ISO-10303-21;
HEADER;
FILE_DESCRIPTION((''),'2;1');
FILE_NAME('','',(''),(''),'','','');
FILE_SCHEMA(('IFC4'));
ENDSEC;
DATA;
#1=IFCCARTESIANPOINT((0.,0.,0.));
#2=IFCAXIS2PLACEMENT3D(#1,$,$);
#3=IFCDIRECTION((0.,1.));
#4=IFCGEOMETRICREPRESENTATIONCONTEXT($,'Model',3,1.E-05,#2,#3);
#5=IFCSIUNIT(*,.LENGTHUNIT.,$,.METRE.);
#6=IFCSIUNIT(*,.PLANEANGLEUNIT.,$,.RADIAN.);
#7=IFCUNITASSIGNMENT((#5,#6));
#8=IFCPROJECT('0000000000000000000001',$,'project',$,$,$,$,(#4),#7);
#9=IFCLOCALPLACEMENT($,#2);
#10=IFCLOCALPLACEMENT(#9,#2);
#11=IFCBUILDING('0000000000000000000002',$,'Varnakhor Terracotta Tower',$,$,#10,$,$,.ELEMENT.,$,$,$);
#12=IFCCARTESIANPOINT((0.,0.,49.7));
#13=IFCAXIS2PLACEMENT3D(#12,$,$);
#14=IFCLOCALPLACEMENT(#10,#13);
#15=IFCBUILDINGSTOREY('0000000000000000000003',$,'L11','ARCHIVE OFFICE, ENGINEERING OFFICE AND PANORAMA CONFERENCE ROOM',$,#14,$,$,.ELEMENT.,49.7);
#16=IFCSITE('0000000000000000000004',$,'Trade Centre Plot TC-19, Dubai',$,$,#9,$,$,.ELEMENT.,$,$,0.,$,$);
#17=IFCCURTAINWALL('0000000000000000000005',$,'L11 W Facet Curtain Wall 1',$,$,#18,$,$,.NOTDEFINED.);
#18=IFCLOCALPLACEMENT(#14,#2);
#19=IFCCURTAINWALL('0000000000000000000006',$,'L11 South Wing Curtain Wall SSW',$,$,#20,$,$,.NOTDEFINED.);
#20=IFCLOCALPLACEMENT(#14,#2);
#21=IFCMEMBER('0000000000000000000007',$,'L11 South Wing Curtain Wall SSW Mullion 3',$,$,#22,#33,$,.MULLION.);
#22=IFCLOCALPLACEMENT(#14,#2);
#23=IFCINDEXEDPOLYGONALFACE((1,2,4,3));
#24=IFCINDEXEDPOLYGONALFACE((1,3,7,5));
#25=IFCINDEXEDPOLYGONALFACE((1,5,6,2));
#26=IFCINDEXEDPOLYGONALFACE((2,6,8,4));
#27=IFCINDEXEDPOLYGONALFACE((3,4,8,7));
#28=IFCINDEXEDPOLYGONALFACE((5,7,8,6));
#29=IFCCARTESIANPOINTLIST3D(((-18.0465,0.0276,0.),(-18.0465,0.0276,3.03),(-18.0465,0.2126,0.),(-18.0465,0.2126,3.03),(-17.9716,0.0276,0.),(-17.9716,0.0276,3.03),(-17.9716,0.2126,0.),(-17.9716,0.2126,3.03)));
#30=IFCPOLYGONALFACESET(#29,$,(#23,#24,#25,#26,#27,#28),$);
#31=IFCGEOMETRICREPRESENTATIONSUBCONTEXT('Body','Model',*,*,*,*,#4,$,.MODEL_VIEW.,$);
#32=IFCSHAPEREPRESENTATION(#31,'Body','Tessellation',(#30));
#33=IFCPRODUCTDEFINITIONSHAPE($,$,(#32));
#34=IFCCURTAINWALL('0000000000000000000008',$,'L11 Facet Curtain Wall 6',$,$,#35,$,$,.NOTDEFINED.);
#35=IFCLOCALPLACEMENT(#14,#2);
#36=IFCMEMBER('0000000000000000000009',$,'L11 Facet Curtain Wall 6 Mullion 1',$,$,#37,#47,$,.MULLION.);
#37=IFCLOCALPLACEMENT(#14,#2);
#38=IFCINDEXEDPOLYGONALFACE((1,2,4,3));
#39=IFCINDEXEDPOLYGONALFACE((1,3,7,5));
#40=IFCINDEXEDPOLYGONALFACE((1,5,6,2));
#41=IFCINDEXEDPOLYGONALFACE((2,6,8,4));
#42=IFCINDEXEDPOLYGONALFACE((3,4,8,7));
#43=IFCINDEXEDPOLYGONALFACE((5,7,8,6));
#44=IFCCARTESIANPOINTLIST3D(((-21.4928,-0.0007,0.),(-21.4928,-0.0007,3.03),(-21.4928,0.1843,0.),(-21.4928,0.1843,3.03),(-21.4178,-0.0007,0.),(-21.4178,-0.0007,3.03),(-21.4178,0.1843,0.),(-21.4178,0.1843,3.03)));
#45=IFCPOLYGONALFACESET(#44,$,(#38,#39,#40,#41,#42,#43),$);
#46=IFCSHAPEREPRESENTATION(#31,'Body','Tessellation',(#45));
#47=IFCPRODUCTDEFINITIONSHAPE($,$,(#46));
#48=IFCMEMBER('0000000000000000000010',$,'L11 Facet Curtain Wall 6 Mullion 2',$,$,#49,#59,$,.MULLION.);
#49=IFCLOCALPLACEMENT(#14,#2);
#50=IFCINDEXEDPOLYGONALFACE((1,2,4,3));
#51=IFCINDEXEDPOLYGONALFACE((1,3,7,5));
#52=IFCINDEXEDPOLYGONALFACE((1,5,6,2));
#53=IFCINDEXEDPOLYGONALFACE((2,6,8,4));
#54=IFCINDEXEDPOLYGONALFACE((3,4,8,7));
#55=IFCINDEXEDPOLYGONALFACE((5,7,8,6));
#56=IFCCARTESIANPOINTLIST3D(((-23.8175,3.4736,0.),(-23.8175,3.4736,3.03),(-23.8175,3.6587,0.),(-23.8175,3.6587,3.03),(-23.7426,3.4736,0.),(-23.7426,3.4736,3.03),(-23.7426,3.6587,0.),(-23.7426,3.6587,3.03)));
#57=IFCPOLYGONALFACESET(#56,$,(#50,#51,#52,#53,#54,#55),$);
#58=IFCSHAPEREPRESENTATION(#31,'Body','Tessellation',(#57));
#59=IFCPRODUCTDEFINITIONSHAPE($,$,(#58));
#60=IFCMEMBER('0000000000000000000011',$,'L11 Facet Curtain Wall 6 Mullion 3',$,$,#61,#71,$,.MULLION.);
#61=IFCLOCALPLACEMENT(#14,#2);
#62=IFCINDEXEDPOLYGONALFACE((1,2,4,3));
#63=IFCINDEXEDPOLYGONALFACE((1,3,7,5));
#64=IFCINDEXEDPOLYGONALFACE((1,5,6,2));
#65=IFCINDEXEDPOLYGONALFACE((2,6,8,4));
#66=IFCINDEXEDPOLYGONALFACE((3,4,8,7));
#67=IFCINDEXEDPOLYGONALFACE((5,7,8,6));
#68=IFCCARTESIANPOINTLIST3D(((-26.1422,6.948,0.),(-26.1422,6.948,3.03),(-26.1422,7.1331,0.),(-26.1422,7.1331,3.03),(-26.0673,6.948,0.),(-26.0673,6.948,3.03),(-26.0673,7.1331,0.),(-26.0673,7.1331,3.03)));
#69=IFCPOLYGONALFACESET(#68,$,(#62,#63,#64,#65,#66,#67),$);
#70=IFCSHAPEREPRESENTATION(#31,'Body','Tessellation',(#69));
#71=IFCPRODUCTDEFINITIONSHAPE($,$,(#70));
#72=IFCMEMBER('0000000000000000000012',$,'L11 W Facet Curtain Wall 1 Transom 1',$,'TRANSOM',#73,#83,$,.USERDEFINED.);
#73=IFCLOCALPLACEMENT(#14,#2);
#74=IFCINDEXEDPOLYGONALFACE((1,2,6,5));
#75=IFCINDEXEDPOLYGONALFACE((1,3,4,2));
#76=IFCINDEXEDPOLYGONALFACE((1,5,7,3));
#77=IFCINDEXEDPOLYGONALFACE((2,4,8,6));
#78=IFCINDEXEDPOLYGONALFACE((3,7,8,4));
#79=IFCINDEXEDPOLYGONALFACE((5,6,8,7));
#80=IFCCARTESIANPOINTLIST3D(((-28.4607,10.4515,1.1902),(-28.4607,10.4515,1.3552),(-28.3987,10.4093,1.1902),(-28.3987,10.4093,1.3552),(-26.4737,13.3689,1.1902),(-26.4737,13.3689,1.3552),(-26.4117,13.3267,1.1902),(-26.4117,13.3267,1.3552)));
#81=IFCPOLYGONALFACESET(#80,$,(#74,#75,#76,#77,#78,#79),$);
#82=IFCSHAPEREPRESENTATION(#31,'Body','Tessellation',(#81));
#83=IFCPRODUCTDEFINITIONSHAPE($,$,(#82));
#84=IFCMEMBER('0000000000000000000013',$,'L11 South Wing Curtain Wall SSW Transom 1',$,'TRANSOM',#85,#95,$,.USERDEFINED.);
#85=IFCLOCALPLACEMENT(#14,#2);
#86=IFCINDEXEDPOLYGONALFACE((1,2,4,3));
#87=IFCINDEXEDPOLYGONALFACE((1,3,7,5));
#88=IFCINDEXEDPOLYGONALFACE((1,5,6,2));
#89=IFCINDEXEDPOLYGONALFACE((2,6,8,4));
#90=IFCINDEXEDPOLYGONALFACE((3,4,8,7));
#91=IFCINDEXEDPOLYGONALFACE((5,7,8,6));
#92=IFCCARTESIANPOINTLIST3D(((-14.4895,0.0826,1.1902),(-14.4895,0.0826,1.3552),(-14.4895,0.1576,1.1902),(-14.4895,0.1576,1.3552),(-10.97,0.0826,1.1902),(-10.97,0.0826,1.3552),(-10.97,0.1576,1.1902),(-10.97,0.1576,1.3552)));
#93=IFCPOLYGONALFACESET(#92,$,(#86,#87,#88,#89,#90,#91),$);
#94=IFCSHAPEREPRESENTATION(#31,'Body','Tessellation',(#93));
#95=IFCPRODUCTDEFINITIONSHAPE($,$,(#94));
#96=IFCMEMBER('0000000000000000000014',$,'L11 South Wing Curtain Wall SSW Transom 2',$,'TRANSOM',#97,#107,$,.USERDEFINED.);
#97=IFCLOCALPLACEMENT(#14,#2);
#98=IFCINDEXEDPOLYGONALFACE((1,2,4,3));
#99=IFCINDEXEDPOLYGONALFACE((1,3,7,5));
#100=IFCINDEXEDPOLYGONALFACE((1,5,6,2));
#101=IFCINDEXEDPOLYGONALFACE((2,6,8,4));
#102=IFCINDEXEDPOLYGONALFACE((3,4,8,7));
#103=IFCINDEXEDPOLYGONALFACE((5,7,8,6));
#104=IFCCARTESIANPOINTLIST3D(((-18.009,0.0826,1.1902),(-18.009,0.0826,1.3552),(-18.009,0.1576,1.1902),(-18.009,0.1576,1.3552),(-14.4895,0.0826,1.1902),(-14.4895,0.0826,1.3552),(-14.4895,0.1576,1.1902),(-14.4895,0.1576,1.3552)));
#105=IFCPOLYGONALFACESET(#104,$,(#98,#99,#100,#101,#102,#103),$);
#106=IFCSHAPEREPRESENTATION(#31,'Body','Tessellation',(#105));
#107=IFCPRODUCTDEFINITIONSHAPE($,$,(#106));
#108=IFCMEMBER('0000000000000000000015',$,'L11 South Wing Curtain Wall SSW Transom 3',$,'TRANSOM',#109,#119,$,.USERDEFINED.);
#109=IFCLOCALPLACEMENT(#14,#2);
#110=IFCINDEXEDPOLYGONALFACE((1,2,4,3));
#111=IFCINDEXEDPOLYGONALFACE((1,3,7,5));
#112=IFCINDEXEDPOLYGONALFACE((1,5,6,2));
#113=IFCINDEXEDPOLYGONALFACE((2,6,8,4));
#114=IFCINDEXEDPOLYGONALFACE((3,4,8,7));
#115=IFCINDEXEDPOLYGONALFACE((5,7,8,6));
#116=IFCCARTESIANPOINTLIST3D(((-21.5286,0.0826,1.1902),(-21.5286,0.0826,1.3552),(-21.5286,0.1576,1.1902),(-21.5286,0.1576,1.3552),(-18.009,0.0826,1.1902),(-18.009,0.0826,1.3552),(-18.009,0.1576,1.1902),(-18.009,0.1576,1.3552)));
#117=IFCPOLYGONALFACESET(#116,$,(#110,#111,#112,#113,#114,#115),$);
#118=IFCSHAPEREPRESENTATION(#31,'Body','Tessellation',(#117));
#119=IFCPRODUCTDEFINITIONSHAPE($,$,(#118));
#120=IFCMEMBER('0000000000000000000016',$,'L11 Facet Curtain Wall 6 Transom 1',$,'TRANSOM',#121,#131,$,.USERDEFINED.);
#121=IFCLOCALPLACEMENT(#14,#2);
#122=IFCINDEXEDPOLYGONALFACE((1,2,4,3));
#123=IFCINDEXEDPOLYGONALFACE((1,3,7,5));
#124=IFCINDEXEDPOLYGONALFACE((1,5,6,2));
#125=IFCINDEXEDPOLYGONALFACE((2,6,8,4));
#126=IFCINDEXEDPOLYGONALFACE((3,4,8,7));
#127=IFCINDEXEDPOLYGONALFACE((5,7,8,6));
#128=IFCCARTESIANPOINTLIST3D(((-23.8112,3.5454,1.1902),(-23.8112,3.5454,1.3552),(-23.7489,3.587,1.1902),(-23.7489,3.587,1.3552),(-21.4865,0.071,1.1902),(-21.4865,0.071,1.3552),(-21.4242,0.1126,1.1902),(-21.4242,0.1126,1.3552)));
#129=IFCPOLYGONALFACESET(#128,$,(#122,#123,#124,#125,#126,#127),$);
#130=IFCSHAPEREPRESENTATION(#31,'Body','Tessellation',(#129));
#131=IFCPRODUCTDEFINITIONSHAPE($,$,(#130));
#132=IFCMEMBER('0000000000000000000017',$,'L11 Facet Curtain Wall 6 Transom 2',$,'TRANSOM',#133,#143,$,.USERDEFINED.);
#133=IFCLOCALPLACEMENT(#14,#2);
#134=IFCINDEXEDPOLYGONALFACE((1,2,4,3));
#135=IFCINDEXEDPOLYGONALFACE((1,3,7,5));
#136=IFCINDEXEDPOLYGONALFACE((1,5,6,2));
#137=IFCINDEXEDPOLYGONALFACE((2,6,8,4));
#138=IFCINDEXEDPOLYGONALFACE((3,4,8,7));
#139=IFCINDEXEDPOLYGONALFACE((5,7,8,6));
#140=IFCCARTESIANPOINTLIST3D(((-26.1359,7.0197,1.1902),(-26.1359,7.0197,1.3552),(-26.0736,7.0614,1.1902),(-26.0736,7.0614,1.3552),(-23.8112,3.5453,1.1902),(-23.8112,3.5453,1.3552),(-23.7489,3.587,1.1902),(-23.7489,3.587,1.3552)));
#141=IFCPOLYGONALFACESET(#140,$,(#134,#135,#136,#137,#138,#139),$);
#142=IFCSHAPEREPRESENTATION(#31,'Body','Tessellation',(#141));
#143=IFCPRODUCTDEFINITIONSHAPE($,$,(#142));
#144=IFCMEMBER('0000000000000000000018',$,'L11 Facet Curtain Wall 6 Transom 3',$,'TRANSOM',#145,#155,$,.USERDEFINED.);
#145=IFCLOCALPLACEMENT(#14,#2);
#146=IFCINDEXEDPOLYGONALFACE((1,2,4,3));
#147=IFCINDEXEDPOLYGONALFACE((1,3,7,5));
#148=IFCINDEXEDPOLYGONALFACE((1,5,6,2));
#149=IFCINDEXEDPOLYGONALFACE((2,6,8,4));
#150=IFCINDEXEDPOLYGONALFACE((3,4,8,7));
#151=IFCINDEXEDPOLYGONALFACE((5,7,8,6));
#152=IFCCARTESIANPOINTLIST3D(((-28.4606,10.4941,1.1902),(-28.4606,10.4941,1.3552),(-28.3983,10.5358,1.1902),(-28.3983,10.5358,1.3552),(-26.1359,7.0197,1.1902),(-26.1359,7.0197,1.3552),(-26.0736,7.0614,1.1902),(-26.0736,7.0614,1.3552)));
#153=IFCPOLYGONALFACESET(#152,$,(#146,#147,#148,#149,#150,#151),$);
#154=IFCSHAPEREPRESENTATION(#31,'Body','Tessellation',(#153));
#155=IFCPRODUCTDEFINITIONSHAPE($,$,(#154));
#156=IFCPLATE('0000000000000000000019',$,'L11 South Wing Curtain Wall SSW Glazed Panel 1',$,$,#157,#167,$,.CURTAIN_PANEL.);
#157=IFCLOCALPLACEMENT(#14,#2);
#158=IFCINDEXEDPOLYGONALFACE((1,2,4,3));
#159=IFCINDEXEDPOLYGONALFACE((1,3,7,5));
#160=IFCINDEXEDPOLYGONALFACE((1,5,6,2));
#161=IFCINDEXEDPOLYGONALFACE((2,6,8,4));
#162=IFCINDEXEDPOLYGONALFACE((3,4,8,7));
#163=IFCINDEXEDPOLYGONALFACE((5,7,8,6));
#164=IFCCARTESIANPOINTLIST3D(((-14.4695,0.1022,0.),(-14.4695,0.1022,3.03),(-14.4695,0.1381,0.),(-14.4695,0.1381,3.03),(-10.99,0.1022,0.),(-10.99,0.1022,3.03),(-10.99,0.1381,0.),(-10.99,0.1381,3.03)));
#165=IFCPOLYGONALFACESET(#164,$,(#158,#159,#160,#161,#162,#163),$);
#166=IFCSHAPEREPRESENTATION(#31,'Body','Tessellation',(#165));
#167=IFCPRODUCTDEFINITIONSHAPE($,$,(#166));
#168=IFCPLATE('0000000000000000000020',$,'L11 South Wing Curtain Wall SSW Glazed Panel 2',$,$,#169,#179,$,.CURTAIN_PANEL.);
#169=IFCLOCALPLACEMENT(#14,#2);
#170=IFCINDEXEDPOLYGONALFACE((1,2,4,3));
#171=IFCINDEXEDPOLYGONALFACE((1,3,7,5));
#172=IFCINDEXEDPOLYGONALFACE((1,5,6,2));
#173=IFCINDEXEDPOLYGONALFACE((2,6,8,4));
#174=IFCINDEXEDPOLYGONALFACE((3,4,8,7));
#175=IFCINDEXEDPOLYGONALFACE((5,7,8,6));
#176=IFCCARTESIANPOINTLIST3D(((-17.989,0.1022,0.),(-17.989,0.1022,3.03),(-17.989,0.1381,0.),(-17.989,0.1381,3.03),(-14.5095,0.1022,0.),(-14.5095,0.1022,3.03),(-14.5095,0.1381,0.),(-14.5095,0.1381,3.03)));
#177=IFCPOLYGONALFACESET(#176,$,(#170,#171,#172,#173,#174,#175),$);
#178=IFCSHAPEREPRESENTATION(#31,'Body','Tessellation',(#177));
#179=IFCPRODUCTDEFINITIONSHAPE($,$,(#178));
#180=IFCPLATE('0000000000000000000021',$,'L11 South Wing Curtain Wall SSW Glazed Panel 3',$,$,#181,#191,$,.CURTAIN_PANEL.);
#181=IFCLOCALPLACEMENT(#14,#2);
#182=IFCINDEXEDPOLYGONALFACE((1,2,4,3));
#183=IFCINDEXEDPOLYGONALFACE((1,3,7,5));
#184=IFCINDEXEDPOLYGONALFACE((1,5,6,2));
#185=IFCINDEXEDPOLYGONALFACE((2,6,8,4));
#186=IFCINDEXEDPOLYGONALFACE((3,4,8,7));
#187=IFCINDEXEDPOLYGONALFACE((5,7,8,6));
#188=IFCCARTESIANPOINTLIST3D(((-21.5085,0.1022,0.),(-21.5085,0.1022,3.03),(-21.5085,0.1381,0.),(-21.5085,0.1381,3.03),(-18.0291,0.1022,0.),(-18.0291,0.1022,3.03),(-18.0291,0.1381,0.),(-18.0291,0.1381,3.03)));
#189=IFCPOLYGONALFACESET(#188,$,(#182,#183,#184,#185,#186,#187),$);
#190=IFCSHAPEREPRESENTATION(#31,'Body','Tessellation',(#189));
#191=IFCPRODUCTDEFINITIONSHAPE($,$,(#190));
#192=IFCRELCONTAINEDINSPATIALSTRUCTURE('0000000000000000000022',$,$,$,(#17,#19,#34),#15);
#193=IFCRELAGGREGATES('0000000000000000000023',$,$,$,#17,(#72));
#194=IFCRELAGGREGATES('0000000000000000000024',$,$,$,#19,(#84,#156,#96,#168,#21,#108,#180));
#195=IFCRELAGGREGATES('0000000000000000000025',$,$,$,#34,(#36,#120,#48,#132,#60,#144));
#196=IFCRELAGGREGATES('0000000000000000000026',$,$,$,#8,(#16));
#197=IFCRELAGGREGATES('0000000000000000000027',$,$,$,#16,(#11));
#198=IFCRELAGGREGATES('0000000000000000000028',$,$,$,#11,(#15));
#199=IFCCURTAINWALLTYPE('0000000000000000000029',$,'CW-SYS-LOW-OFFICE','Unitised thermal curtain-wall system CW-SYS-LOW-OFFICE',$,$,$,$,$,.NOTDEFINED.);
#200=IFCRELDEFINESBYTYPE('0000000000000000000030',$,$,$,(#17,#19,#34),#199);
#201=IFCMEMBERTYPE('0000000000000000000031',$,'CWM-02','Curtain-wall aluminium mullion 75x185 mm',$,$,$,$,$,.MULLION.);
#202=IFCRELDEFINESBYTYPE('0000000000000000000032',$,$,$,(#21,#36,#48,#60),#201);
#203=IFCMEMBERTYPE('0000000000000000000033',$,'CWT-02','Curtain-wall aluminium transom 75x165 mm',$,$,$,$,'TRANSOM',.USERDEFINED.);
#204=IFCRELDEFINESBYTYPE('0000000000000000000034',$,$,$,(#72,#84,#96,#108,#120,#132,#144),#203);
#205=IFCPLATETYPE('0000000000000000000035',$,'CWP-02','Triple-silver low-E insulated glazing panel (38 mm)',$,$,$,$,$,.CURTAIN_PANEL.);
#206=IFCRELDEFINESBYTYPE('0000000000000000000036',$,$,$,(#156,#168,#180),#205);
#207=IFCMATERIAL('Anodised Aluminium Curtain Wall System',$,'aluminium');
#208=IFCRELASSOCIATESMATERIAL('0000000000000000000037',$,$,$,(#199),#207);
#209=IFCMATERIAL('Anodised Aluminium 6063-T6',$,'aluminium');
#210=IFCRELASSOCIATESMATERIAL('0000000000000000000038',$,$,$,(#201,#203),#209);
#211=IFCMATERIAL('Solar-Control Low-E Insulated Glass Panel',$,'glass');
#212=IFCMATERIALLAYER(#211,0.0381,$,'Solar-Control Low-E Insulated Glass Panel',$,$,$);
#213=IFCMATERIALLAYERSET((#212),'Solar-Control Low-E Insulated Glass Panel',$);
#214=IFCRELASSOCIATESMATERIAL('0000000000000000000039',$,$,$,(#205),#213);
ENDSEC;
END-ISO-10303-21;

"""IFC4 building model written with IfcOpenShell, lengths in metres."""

from ifc_helpers import new_model, si_unit, direction, frame, origin, origin_2d, place, context, subcontext, project, spatial, rectangle, extrude, source, transform, mapped, material, layer, layer_set, material_profile, profile_set, type_object, type_shapes, element, aggregate, save


model = new_model("IFC4")

# Units and contexts
model_context = context("Model", 3, precision=1e-05, world=origin(), true_north=direction((0.0, 1.0)))
body_context = subcontext(model_context, "Body", "Model", "MODEL_VIEW")
ifc_project = project(units=[si_unit("LENGTHUNIT", "METRE"), si_unit("PLANEANGLEUNIT", "RADIAN")], contexts=[model_context])

# Site, building, storey
site_placement = place(None, origin())
site = spatial("IfcSite", under=ifc_project, at=site_placement, Name="Trade Centre Plot TC-19, Dubai", CompositionType="ELEMENT", RefElevation=0.0)
building_placement = place(site_placement, origin())
building = spatial("IfcBuilding", under=site, at=building_placement, Name="Varnakhor Terracotta Tower", CompositionType="ELEMENT")
storey_placement = place(building_placement, frame((0.0, 0.0, 49.7)))
storey = spatial("IfcBuildingStorey", under=building, at=storey_placement, Name="L11", Description="ARCHIVE OFFICE, ENGINEERING OFFICE AND PANORAMA CONFERENCE ROOM", CompositionType="ELEMENT", Elevation=49.7)

# Curtain wall
ifc_material_1 = material(Name="Anodised Aluminium Curtain Wall System", Category="aluminium")
curtain_wall_type = type_object("IfcCurtainWallType", Name="CW-SYS-LOW-OFFICE", Description="Unitised thermal curtain-wall system CW-SYS-LOW-OFFICE", PredefinedType="NOTDEFINED", material=ifc_material_1)
curtain_wall_1_placement = place(storey_placement, origin())
curtain_wall_1 = element("IfcCurtainWall", 1, at=curtain_wall_1_placement, inside=storey, type_object=curtain_wall_type, Name="L11 W Facet Curtain Wall 1", PredefinedType="NOTDEFINED")
ifc_material_2 = material(Name="Anodised Aluminium 6063-T6", Category="aluminium")
ifc_material_profile_1 = material_profile(ifc_material_2, rectangle(XDim=0.075, YDim=0.1851, at=origin_2d()), Name="ALU MULLION 75x185")
ifc_profile_set_1 = profile_set([ifc_material_profile_1], Name="Anodised Aluminium 6063-T6")
member_type_1 = type_object("IfcMemberType", Name="CWM-02", Description="Curtain-wall aluminium mullion 75x185 mm", PredefinedType="MULLION", material=ifc_profile_set_1)
shared_shape_1 = source(origin(), body_context, "Body", "SweptSolid", [
    extrude(rectangle(XDim=0.075, YDim=0.1851, at=origin_2d()), origin(), (0.0, 0.0, 1.0), 3.03),
])
type_shapes(member_type_1, [shared_shape_1])

# Curtain walls, members
curtain_wall_2_placement = place(storey_placement, origin())
curtain_wall_2 = element("IfcCurtainWall", 2, at=curtain_wall_2_placement, inside=storey, type_object=curtain_wall_type, Name="L11 South Wing Curtain Wall SSW", PredefinedType="NOTDEFINED")
member_1_placement = place(storey_placement, frame((-18.009, 0.1201, 0.0), z_axis=(0.0, 0.0, 1.0), x_axis=(1.0, 0.0, 0.0)))
member_1 = element("IfcMember", 3, at=member_1_placement, type_object=member_type_1, Name="L11 South Wing Curtain Wall SSW Mullion 3", PredefinedType="MULLION", context=body_context, shape_type="MappedRepresentation", body=[
    mapped(shared_shape_1, transform((0.0, 0.0, 0.0), scale=1.0)),
])
curtain_wall_3_placement = place(storey_placement, origin())
curtain_wall_3 = element("IfcCurtainWall", 4, at=curtain_wall_3_placement, inside=storey, type_object=curtain_wall_type, Name="L11 Facet Curtain Wall 6", PredefinedType="NOTDEFINED")
member_2_placement = place(storey_placement, frame((-21.4553, 0.0918, 0.0), z_axis=(0.0, 0.0, 1.0), x_axis=(1.0, 0.0, 0.0)))
member_2 = element("IfcMember", 5, at=member_2_placement, type_object=member_type_1, Name="L11 Facet Curtain Wall 6 Mullion 1", PredefinedType="MULLION", context=body_context, shape_type="MappedRepresentation", body=[
    mapped(shared_shape_1, transform((0.0, 0.0, 0.0), scale=1.0)),
])
member_3_placement = place(storey_placement, frame((-23.78, 3.5662, 0.0), z_axis=(0.0, 0.0, 1.0), x_axis=(1.0, 0.0, 0.0)))
member_3 = element("IfcMember", 6, at=member_3_placement, type_object=member_type_1, Name="L11 Facet Curtain Wall 6 Mullion 2", PredefinedType="MULLION", context=body_context, shape_type="MappedRepresentation", body=[
    mapped(shared_shape_1, transform((0.0, 0.0, 0.0), scale=1.0)),
])
member_4_placement = place(storey_placement, frame((-26.1047, 7.0405, 0.0), z_axis=(0.0, 0.0, 1.0), x_axis=(1.0, 0.0, 0.0)))
member_4 = element("IfcMember", 7, at=member_4_placement, type_object=member_type_1, Name="L11 Facet Curtain Wall 6 Mullion 3", PredefinedType="MULLION", context=body_context, shape_type="MappedRepresentation", body=[
    mapped(shared_shape_1, transform((0.0, 0.0, 0.0), scale=1.0)),
])

# Members
ifc_material_profile_2 = material_profile(ifc_material_2, rectangle(XDim=0.075, YDim=0.165, at=origin_2d()), Name="ALU TRANSOM 75x165")
ifc_profile_set_2 = profile_set([ifc_material_profile_2], Name="Anodised Aluminium 6063-T6")
member_type_2 = type_object("IfcMemberType", Name="CWT-02", Description="Curtain-wall aluminium transom 75x165 mm", ElementType="TRANSOM", PredefinedType="USERDEFINED", material=ifc_profile_set_2)
shared_shape_2 = source(origin(), body_context, "Body", "SweptSolid", [
    extrude(rectangle(XDim=0.075, YDim=0.165, at=origin_2d()), origin(), (0.0, 0.0, 1.0), 3.5298),
])
member_5_placement = place(storey_placement, frame((-28.4297, 10.4304, 1.2727), z_axis=(0.562925, 0.826508, 0.0), x_axis=(-0.826508, 0.562925, 0.0)))
member_5 = element("IfcMember", 8, at=member_5_placement, type_object=member_type_2, Name="L11 W Facet Curtain Wall 1 Transom 1", ObjectType="TRANSOM", PredefinedType="USERDEFINED", context=body_context, shape_type="MappedRepresentation", body=[
    mapped(shared_shape_2, transform((0.0, 0.0, 0.0), scale=1.0)),
])
aggregate(curtain_wall_1, [member_5])
shared_shape_3 = source(origin(), body_context, "Body", "SweptSolid", [
    extrude(rectangle(XDim=0.075, YDim=0.165, at=origin_2d()), origin(), (0.0, 0.0, 1.0), 3.5195),
])
member_6_placement = place(storey_placement, frame((-10.97, 0.1201, 1.2727), z_axis=(-1.0, 0.0, 0.0), x_axis=(0.0, -1.0, 0.0)))
member_6 = element("IfcMember", 9, at=member_6_placement, type_object=member_type_2, Name="L11 South Wing Curtain Wall SSW Transom 1", ObjectType="TRANSOM", PredefinedType="USERDEFINED", context=body_context, shape_type="MappedRepresentation", body=[
    mapped(shared_shape_3, transform((0.0, 0.0, 0.0), scale=1.0)),
])
member_7_placement = place(storey_placement, frame((-14.4895, 0.1201, 1.2727), z_axis=(-1.0, 0.0, 0.0), x_axis=(0.0, -1.0, 0.0)))
member_7 = element("IfcMember", 10, at=member_7_placement, type_object=member_type_2, Name="L11 South Wing Curtain Wall SSW Transom 2", ObjectType="TRANSOM", PredefinedType="USERDEFINED", context=body_context, shape_type="MappedRepresentation", body=[
    mapped(shared_shape_3, transform((0.0, 0.0, 0.0), scale=1.0)),
])
member_8_placement = place(storey_placement, frame((-18.009, 0.1201, 1.2727), z_axis=(-1.0, 0.0, 0.0), x_axis=(0.0, -1.0, 0.0)))
member_8 = element("IfcMember", 11, at=member_8_placement, type_object=member_type_2, Name="L11 South Wing Curtain Wall SSW Transom 3", ObjectType="TRANSOM", PredefinedType="USERDEFINED", context=body_context, shape_type="MappedRepresentation", body=[
    mapped(shared_shape_3, transform((0.0, 0.0, 0.0), scale=1.0)),
])
shared_shape_4 = source(origin(), body_context, "Body", "SweptSolid", [
    extrude(rectangle(XDim=0.075, YDim=0.165, at=origin_2d()), origin(), (0.0, 0.0, 1.0), 4.1804),
])
member_9_placement = place(storey_placement, frame((-21.4553, 0.0918, 1.2727), z_axis=(-0.556101, 0.831115, 0.0), x_axis=(-0.831115, -0.556101, 0.0)))
member_9 = element("IfcMember", 12, at=member_9_placement, type_object=member_type_2, Name="L11 Facet Curtain Wall 6 Transom 1", ObjectType="TRANSOM", PredefinedType="USERDEFINED", context=body_context, shape_type="MappedRepresentation", body=[
    mapped(shared_shape_4, transform((0.0, 0.0, 0.0), scale=1.0)),
])
member_10_placement = place(storey_placement, frame((-23.78, 3.5662, 1.2727), z_axis=(-0.556101, 0.831115, 0.0), x_axis=(-0.831115, -0.556101, 0.0)))
member_10 = element("IfcMember", 13, at=member_10_placement, type_object=member_type_2, Name="L11 Facet Curtain Wall 6 Transom 2", ObjectType="TRANSOM", PredefinedType="USERDEFINED", context=body_context, shape_type="MappedRepresentation", body=[
    mapped(shared_shape_4, transform((0.0, 0.0, 0.0), scale=1.0)),
])
member_11_placement = place(storey_placement, frame((-26.1047, 7.0405, 1.2727), z_axis=(-0.556101, 0.831115, 0.0), x_axis=(-0.831115, -0.556101, 0.0)))
member_11 = element("IfcMember", 14, at=member_11_placement, type_object=member_type_2, Name="L11 Facet Curtain Wall 6 Transom 3", ObjectType="TRANSOM", PredefinedType="USERDEFINED", context=body_context, shape_type="MappedRepresentation", body=[
    mapped(shared_shape_4, transform((0.0, 0.0, 0.0), scale=1.0)),
])

# Plates
ifc_material_3 = material(Name="Solar-Control Low-E Insulated Glass Panel", Category="glass")
ifc_layer_1 = layer(ifc_material_3, 0.0381, Name="Solar-Control Low-E Insulated Glass Panel")
ifc_layer_set_1 = layer_set([ifc_layer_1], Name="Solar-Control Low-E Insulated Glass Panel")
plate_type = type_object("IfcPlateType", Name="CWP-02", Description="Triple-silver low-E insulated glazing panel (38 mm)", PredefinedType="CURTAIN_PANEL", material=ifc_layer_set_1)
shared_shape_5 = source(origin(), body_context, "Body", "SweptSolid", [
    extrude(rectangle(XDim=3.4795, YDim=0.0359, at=origin_2d()), origin(), (0.0, 0.0, 1.0), 3.03),
])
plate_1_placement = place(storey_placement, frame((-12.7297, 0.1201, 0.0), z_axis=(0.0, 0.0, 1.0), x_axis=(-1.0, 0.0, 0.0)))
plate_1 = element("IfcPlate", 15, at=plate_1_placement, type_object=plate_type, Name="L11 South Wing Curtain Wall SSW Glazed Panel 1", PredefinedType="CURTAIN_PANEL", context=body_context, shape_type="MappedRepresentation", body=[
    mapped(shared_shape_5, transform((0.0, 0.0, 0.0), scale=1.0)),
])
plate_2_placement = place(storey_placement, frame((-16.2493, 0.1201, 0.0), z_axis=(0.0, 0.0, 1.0), x_axis=(-1.0, 0.0, 0.0)))
plate_2 = element("IfcPlate", 16, at=plate_2_placement, type_object=plate_type, Name="L11 South Wing Curtain Wall SSW Glazed Panel 2", PredefinedType="CURTAIN_PANEL", context=body_context, shape_type="MappedRepresentation", body=[
    mapped(shared_shape_5, transform((0.0, 0.0, 0.0), scale=1.0)),
])
plate_3_placement = place(storey_placement, frame((-19.7688, 0.1201, 0.0), z_axis=(0.0, 0.0, 1.0), x_axis=(-1.0, 0.0, 0.0)))
plate_3 = element("IfcPlate", 17, at=plate_3_placement, type_object=plate_type, Name="L11 South Wing Curtain Wall SSW Glazed Panel 3", PredefinedType="CURTAIN_PANEL", context=body_context, shape_type="MappedRepresentation", body=[
    mapped(shared_shape_5, transform((0.0, 0.0, 0.0), scale=1.0)),
])
aggregate(curtain_wall_2, [member_6, plate_1, member_7, plate_2, member_1, member_8, plate_3])
aggregate(curtain_wall_3, [member_2, member_9, member_3, member_10, member_4, member_11])

save(model, "model.ifc")
